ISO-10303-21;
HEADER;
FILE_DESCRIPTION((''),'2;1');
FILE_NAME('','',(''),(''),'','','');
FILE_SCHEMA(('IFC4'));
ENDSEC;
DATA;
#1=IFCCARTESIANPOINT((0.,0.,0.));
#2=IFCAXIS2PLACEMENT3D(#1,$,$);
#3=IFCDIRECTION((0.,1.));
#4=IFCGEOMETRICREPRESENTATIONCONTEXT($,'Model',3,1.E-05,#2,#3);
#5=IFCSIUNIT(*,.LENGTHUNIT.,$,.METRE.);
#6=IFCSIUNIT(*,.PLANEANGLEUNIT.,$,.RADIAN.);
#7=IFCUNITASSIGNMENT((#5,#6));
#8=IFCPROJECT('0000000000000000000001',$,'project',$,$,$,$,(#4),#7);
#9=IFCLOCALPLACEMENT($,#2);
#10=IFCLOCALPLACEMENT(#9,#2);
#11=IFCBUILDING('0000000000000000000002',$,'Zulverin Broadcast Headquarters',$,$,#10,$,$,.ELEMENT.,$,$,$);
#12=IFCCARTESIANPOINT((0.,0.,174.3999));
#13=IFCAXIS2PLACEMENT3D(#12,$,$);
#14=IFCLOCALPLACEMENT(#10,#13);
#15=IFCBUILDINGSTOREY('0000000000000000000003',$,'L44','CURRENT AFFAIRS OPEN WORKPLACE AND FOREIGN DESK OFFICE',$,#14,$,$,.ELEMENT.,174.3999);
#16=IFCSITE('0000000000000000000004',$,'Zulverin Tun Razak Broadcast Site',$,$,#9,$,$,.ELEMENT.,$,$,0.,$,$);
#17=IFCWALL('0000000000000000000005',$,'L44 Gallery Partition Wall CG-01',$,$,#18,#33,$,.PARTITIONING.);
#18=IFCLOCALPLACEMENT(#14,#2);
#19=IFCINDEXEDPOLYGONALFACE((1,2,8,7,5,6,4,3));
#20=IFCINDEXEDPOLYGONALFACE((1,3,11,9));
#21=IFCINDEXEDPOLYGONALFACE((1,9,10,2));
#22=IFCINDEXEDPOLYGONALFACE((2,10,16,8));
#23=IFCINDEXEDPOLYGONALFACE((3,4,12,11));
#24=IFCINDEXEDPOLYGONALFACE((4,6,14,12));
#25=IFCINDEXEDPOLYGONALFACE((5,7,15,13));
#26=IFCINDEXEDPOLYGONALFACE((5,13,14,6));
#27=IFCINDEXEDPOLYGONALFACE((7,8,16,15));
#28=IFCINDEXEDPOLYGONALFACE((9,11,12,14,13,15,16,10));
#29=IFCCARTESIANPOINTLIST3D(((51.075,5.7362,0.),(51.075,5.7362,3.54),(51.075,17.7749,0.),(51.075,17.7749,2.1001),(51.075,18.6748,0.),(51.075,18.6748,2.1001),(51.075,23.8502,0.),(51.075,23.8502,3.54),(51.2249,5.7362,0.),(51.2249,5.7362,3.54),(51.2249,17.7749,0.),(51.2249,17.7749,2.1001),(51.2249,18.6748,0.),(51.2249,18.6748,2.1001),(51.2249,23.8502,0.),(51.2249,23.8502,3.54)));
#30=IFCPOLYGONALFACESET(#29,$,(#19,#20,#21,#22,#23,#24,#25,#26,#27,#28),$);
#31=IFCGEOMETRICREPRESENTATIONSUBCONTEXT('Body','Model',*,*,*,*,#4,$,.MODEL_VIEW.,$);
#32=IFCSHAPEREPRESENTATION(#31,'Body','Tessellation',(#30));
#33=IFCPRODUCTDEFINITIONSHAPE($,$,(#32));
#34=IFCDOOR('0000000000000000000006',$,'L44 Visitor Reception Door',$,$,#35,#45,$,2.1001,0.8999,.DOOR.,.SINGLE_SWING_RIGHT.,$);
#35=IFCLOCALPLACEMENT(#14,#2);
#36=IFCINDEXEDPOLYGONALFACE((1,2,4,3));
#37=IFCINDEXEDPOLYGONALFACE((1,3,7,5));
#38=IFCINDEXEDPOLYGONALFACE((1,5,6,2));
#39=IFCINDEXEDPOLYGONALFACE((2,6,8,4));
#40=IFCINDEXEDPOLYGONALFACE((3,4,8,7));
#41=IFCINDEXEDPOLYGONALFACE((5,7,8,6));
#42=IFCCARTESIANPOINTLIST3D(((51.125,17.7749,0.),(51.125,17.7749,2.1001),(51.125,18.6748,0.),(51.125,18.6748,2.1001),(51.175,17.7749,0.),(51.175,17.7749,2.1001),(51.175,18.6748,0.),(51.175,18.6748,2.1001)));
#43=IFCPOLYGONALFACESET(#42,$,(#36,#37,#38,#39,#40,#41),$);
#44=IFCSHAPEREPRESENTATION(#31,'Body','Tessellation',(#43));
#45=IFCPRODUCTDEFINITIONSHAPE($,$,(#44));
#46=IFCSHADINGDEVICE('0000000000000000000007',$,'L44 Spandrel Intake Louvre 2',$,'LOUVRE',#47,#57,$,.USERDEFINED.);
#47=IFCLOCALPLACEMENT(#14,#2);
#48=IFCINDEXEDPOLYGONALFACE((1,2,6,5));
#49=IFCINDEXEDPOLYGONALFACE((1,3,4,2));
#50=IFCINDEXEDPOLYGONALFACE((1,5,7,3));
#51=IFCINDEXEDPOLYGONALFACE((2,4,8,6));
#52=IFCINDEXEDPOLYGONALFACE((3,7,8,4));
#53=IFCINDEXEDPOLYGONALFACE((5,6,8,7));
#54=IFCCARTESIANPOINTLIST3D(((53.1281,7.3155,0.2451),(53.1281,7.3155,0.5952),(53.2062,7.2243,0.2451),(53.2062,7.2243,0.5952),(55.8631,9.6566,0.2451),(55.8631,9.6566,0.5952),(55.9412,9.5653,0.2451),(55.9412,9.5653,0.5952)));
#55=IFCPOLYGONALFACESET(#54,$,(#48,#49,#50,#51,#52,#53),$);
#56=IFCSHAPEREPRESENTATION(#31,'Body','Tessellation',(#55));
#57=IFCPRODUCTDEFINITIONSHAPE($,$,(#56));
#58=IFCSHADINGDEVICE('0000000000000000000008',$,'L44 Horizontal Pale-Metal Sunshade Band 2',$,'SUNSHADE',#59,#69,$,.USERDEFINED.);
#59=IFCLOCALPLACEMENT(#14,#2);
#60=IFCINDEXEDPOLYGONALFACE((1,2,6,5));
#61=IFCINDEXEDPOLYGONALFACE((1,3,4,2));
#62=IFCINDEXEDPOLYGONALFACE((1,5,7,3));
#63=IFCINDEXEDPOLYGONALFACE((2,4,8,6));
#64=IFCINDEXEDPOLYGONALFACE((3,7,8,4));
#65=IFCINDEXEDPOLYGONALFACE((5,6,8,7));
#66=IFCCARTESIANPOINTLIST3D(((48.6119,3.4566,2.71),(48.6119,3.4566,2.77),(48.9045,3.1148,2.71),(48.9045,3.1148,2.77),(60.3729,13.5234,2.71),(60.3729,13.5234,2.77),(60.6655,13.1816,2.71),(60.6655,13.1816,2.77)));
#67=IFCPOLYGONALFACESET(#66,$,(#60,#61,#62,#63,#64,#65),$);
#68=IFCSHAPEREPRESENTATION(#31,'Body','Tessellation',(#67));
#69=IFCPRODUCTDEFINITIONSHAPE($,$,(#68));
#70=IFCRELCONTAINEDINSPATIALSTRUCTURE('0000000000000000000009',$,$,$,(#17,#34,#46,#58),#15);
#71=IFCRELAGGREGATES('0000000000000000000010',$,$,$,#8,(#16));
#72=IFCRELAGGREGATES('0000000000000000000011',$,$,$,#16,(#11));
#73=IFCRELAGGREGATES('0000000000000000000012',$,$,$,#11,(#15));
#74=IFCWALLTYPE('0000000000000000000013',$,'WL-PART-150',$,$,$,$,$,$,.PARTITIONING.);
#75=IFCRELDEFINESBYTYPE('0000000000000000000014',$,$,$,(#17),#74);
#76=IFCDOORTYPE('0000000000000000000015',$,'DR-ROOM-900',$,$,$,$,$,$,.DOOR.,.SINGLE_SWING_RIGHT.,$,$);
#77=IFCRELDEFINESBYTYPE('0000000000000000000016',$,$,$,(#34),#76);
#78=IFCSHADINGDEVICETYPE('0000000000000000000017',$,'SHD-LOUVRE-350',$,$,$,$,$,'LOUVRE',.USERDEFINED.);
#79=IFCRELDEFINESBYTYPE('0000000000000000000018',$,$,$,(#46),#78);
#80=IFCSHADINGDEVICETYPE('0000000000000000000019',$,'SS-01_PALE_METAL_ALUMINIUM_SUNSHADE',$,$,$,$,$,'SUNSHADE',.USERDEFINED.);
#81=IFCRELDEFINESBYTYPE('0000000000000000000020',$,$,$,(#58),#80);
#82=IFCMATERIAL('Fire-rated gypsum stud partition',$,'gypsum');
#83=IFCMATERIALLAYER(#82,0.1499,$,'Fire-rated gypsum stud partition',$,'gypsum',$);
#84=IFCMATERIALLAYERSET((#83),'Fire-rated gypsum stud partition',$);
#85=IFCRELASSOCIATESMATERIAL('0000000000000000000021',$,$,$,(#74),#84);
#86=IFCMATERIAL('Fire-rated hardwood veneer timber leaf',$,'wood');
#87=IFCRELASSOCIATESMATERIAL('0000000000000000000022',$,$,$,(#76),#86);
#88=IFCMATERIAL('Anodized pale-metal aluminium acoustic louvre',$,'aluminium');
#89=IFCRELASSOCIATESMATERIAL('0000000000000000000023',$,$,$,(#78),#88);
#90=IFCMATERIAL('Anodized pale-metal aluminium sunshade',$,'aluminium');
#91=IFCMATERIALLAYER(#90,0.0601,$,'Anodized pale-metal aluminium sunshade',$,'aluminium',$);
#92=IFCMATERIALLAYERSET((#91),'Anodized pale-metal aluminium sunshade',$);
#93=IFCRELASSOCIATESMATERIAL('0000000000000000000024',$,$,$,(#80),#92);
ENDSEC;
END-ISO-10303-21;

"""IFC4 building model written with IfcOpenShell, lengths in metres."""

from ifc_helpers import new_model, si_unit, direction, frame, frame_2d, origin, origin_2d, place, context, subcontext, project, spatial, rectangle, extrude, material, layer, layer_set, type_object, element, fill, save


model = new_model("IFC4")

# Units and contexts
model_context = context("Model", 3, precision=1e-05, world=origin(), true_north=direction((0.0, 1.0)))
body_context = subcontext(model_context, "Body", "Model", "MODEL_VIEW")
ifc_project = project(units=[si_unit("LENGTHUNIT", "METRE"), si_unit("PLANEANGLEUNIT", "RADIAN")], contexts=[model_context])

# Site, building, storey
site_placement = place(None, origin())
site = spatial("IfcSite", under=ifc_project, at=site_placement, Name="Zulverin Tun Razak Broadcast Site", CompositionType="ELEMENT", RefElevation=0.0)
building_placement = place(site_placement, origin())
building = spatial("IfcBuilding", under=site, at=building_placement, Name="Zulverin Broadcast Headquarters", CompositionType="ELEMENT")
storey_placement = place(building_placement, frame((0.0, 0.0, 174.3999)))
storey = spatial("IfcBuildingStorey", under=building, at=storey_placement, Name="L44", Description="CURRENT AFFAIRS OPEN WORKPLACE AND FOREIGN DESK OFFICE", CompositionType="ELEMENT", Elevation=174.3999)

# Wall, opening, door
ifc_material_1 = material(Name="Fire-rated gypsum stud partition", Category="gypsum")
ifc_layer_1 = layer(ifc_material_1, 0.1499, Name="Fire-rated gypsum stud partition", Category="gypsum")
ifc_layer_set_1 = layer_set([ifc_layer_1], Name="Fire-rated gypsum stud partition")
wall_type_1 = type_object("IfcWallType", Name="WL-PART-150", PredefinedType="PARTITIONING", material=ifc_layer_set_1)
wall_1_placement = place(storey_placement, frame((51.1499, 5.7361, 0.0), z_axis=(0.0, 0.0, 1.0), x_axis=(0.0, 1.0, 0.0)))
wall_1 = element("IfcWall", 1, at=wall_1_placement, inside=storey, type_object=wall_type_1, Name="L44 Gallery Partition Wall CG-01", PredefinedType="PARTITIONING", context=body_context, shape_type="SweptSolid", body=[
    extrude(rectangle(XDim=18.114, YDim=0.1499, at=frame_2d((9.0571, 0.0))), origin(), (0.0, 0.0, 1.0), 3.54),
])
opening_1_placement = place(wall_1_placement, frame((12.0388, 0.0, 0.0)))
opening_1 = element("IfcOpeningElement", 2, at=opening_1_placement, cuts=wall_1, PredefinedType="OPENING", context=body_context, shape_type="SweptSolid", body=[
    extrude(rectangle(XDim=0.8999, YDim=2.1001, at=frame_2d((0.45, 1.05))), frame((0.0, 0.085, 0.0), z_axis=(0.0, -1.0, 0.0), x_axis=(1.0, 0.0, 0.0)), (0.0, 0.0, 1.0), 0.1699),
])
ifc_material_2 = material(Name="Fire-rated hardwood veneer timber leaf", Category="wood")
door_type_1 = type_object("IfcDoorType", Name="DR-ROOM-900", OperationType="SINGLE_SWING_RIGHT", PredefinedType="DOOR", material=ifc_material_2)
door_1_placement = place(opening_1_placement, origin())
door_1 = element("IfcDoor", 3, at=door_1_placement, inside=storey, type_object=door_type_1, Name="L44 Visitor Reception Door", OperationType="SINGLE_SWING_RIGHT", OverallHeight=2.1001, OverallWidth=0.8999, PredefinedType="DOOR", context=body_context, shape_type="SweptSolid", body=[
    extrude(rectangle(XDim=0.8999, YDim=2.1001, at=frame_2d((0.45, 1.05))), frame((0.0, 0.0249, 0.0), z_axis=(0.0, -1.0, 0.0), x_axis=(1.0, 0.0, 0.0)), (0.0, 0.0, 1.0), 0.05),
])
fill(opening_1, door_1)

# Shading devices
ifc_material_3 = material(Name="Anodized pale-metal aluminium acoustic louvre", Category="aluminium")
shading_device_type_1 = type_object("IfcShadingDeviceType", Name="SHD-LOUVRE-350", ElementType="LOUVRE", PredefinedType="USERDEFINED", material=ifc_material_3)
shading_device_1_placement = place(storey_placement, frame((54.5347, 8.4404, 0.2451), z_axis=(0.0, 0.0, 1.0), x_axis=(0.759706, 0.650267, 0.0)))
element("IfcShadingDevice", 4, at=shading_device_1_placement, inside=storey, type_object=shading_device_type_1, Name="L44 Spandrel Intake Louvre 2", ObjectType="LOUVRE", PredefinedType="USERDEFINED", context=body_context, shape_type="SweptSolid", body=[
    extrude(rectangle(XDim=3.6001, YDim=0.1201, at=origin_2d()), origin(), (0.0, 0.0, 1.0), 0.3501),
])
ifc_material_4 = material(Name="Anodized pale-metal aluminium sunshade", Category="aluminium")
ifc_layer_2 = layer(ifc_material_4, 0.0601, Name="Anodized pale-metal aluminium sunshade", Category="aluminium")
ifc_layer_set_2 = layer_set([ifc_layer_2], Name="Anodized pale-metal aluminium sunshade")
shading_device_type_2 = type_object("IfcShadingDeviceType", Name="SS-01_PALE_METAL_ALUMINIUM_SUNSHADE", ElementType="SUNSHADE", PredefinedType="USERDEFINED", material=ifc_layer_set_2)
shading_device_2_placement = place(storey_placement, frame((54.6387, 8.3191, 2.71), z_axis=(0.0, 0.0, 1.0), x_axis=(0.759706, 0.650267, 0.0)))
element("IfcShadingDevice", 5, at=shading_device_2_placement, inside=storey, type_object=shading_device_type_2, Name="L44 Horizontal Pale-Metal Sunshade Band 2", ObjectType="SUNSHADE", PredefinedType="USERDEFINED", context=body_context, shape_type="SweptSolid", body=[
    extrude(rectangle(XDim=15.481, YDim=0.45, at=origin_2d()), origin(), (0.0, 0.0, 1.0), 0.0601),
])

save(model, "model.ifc")
